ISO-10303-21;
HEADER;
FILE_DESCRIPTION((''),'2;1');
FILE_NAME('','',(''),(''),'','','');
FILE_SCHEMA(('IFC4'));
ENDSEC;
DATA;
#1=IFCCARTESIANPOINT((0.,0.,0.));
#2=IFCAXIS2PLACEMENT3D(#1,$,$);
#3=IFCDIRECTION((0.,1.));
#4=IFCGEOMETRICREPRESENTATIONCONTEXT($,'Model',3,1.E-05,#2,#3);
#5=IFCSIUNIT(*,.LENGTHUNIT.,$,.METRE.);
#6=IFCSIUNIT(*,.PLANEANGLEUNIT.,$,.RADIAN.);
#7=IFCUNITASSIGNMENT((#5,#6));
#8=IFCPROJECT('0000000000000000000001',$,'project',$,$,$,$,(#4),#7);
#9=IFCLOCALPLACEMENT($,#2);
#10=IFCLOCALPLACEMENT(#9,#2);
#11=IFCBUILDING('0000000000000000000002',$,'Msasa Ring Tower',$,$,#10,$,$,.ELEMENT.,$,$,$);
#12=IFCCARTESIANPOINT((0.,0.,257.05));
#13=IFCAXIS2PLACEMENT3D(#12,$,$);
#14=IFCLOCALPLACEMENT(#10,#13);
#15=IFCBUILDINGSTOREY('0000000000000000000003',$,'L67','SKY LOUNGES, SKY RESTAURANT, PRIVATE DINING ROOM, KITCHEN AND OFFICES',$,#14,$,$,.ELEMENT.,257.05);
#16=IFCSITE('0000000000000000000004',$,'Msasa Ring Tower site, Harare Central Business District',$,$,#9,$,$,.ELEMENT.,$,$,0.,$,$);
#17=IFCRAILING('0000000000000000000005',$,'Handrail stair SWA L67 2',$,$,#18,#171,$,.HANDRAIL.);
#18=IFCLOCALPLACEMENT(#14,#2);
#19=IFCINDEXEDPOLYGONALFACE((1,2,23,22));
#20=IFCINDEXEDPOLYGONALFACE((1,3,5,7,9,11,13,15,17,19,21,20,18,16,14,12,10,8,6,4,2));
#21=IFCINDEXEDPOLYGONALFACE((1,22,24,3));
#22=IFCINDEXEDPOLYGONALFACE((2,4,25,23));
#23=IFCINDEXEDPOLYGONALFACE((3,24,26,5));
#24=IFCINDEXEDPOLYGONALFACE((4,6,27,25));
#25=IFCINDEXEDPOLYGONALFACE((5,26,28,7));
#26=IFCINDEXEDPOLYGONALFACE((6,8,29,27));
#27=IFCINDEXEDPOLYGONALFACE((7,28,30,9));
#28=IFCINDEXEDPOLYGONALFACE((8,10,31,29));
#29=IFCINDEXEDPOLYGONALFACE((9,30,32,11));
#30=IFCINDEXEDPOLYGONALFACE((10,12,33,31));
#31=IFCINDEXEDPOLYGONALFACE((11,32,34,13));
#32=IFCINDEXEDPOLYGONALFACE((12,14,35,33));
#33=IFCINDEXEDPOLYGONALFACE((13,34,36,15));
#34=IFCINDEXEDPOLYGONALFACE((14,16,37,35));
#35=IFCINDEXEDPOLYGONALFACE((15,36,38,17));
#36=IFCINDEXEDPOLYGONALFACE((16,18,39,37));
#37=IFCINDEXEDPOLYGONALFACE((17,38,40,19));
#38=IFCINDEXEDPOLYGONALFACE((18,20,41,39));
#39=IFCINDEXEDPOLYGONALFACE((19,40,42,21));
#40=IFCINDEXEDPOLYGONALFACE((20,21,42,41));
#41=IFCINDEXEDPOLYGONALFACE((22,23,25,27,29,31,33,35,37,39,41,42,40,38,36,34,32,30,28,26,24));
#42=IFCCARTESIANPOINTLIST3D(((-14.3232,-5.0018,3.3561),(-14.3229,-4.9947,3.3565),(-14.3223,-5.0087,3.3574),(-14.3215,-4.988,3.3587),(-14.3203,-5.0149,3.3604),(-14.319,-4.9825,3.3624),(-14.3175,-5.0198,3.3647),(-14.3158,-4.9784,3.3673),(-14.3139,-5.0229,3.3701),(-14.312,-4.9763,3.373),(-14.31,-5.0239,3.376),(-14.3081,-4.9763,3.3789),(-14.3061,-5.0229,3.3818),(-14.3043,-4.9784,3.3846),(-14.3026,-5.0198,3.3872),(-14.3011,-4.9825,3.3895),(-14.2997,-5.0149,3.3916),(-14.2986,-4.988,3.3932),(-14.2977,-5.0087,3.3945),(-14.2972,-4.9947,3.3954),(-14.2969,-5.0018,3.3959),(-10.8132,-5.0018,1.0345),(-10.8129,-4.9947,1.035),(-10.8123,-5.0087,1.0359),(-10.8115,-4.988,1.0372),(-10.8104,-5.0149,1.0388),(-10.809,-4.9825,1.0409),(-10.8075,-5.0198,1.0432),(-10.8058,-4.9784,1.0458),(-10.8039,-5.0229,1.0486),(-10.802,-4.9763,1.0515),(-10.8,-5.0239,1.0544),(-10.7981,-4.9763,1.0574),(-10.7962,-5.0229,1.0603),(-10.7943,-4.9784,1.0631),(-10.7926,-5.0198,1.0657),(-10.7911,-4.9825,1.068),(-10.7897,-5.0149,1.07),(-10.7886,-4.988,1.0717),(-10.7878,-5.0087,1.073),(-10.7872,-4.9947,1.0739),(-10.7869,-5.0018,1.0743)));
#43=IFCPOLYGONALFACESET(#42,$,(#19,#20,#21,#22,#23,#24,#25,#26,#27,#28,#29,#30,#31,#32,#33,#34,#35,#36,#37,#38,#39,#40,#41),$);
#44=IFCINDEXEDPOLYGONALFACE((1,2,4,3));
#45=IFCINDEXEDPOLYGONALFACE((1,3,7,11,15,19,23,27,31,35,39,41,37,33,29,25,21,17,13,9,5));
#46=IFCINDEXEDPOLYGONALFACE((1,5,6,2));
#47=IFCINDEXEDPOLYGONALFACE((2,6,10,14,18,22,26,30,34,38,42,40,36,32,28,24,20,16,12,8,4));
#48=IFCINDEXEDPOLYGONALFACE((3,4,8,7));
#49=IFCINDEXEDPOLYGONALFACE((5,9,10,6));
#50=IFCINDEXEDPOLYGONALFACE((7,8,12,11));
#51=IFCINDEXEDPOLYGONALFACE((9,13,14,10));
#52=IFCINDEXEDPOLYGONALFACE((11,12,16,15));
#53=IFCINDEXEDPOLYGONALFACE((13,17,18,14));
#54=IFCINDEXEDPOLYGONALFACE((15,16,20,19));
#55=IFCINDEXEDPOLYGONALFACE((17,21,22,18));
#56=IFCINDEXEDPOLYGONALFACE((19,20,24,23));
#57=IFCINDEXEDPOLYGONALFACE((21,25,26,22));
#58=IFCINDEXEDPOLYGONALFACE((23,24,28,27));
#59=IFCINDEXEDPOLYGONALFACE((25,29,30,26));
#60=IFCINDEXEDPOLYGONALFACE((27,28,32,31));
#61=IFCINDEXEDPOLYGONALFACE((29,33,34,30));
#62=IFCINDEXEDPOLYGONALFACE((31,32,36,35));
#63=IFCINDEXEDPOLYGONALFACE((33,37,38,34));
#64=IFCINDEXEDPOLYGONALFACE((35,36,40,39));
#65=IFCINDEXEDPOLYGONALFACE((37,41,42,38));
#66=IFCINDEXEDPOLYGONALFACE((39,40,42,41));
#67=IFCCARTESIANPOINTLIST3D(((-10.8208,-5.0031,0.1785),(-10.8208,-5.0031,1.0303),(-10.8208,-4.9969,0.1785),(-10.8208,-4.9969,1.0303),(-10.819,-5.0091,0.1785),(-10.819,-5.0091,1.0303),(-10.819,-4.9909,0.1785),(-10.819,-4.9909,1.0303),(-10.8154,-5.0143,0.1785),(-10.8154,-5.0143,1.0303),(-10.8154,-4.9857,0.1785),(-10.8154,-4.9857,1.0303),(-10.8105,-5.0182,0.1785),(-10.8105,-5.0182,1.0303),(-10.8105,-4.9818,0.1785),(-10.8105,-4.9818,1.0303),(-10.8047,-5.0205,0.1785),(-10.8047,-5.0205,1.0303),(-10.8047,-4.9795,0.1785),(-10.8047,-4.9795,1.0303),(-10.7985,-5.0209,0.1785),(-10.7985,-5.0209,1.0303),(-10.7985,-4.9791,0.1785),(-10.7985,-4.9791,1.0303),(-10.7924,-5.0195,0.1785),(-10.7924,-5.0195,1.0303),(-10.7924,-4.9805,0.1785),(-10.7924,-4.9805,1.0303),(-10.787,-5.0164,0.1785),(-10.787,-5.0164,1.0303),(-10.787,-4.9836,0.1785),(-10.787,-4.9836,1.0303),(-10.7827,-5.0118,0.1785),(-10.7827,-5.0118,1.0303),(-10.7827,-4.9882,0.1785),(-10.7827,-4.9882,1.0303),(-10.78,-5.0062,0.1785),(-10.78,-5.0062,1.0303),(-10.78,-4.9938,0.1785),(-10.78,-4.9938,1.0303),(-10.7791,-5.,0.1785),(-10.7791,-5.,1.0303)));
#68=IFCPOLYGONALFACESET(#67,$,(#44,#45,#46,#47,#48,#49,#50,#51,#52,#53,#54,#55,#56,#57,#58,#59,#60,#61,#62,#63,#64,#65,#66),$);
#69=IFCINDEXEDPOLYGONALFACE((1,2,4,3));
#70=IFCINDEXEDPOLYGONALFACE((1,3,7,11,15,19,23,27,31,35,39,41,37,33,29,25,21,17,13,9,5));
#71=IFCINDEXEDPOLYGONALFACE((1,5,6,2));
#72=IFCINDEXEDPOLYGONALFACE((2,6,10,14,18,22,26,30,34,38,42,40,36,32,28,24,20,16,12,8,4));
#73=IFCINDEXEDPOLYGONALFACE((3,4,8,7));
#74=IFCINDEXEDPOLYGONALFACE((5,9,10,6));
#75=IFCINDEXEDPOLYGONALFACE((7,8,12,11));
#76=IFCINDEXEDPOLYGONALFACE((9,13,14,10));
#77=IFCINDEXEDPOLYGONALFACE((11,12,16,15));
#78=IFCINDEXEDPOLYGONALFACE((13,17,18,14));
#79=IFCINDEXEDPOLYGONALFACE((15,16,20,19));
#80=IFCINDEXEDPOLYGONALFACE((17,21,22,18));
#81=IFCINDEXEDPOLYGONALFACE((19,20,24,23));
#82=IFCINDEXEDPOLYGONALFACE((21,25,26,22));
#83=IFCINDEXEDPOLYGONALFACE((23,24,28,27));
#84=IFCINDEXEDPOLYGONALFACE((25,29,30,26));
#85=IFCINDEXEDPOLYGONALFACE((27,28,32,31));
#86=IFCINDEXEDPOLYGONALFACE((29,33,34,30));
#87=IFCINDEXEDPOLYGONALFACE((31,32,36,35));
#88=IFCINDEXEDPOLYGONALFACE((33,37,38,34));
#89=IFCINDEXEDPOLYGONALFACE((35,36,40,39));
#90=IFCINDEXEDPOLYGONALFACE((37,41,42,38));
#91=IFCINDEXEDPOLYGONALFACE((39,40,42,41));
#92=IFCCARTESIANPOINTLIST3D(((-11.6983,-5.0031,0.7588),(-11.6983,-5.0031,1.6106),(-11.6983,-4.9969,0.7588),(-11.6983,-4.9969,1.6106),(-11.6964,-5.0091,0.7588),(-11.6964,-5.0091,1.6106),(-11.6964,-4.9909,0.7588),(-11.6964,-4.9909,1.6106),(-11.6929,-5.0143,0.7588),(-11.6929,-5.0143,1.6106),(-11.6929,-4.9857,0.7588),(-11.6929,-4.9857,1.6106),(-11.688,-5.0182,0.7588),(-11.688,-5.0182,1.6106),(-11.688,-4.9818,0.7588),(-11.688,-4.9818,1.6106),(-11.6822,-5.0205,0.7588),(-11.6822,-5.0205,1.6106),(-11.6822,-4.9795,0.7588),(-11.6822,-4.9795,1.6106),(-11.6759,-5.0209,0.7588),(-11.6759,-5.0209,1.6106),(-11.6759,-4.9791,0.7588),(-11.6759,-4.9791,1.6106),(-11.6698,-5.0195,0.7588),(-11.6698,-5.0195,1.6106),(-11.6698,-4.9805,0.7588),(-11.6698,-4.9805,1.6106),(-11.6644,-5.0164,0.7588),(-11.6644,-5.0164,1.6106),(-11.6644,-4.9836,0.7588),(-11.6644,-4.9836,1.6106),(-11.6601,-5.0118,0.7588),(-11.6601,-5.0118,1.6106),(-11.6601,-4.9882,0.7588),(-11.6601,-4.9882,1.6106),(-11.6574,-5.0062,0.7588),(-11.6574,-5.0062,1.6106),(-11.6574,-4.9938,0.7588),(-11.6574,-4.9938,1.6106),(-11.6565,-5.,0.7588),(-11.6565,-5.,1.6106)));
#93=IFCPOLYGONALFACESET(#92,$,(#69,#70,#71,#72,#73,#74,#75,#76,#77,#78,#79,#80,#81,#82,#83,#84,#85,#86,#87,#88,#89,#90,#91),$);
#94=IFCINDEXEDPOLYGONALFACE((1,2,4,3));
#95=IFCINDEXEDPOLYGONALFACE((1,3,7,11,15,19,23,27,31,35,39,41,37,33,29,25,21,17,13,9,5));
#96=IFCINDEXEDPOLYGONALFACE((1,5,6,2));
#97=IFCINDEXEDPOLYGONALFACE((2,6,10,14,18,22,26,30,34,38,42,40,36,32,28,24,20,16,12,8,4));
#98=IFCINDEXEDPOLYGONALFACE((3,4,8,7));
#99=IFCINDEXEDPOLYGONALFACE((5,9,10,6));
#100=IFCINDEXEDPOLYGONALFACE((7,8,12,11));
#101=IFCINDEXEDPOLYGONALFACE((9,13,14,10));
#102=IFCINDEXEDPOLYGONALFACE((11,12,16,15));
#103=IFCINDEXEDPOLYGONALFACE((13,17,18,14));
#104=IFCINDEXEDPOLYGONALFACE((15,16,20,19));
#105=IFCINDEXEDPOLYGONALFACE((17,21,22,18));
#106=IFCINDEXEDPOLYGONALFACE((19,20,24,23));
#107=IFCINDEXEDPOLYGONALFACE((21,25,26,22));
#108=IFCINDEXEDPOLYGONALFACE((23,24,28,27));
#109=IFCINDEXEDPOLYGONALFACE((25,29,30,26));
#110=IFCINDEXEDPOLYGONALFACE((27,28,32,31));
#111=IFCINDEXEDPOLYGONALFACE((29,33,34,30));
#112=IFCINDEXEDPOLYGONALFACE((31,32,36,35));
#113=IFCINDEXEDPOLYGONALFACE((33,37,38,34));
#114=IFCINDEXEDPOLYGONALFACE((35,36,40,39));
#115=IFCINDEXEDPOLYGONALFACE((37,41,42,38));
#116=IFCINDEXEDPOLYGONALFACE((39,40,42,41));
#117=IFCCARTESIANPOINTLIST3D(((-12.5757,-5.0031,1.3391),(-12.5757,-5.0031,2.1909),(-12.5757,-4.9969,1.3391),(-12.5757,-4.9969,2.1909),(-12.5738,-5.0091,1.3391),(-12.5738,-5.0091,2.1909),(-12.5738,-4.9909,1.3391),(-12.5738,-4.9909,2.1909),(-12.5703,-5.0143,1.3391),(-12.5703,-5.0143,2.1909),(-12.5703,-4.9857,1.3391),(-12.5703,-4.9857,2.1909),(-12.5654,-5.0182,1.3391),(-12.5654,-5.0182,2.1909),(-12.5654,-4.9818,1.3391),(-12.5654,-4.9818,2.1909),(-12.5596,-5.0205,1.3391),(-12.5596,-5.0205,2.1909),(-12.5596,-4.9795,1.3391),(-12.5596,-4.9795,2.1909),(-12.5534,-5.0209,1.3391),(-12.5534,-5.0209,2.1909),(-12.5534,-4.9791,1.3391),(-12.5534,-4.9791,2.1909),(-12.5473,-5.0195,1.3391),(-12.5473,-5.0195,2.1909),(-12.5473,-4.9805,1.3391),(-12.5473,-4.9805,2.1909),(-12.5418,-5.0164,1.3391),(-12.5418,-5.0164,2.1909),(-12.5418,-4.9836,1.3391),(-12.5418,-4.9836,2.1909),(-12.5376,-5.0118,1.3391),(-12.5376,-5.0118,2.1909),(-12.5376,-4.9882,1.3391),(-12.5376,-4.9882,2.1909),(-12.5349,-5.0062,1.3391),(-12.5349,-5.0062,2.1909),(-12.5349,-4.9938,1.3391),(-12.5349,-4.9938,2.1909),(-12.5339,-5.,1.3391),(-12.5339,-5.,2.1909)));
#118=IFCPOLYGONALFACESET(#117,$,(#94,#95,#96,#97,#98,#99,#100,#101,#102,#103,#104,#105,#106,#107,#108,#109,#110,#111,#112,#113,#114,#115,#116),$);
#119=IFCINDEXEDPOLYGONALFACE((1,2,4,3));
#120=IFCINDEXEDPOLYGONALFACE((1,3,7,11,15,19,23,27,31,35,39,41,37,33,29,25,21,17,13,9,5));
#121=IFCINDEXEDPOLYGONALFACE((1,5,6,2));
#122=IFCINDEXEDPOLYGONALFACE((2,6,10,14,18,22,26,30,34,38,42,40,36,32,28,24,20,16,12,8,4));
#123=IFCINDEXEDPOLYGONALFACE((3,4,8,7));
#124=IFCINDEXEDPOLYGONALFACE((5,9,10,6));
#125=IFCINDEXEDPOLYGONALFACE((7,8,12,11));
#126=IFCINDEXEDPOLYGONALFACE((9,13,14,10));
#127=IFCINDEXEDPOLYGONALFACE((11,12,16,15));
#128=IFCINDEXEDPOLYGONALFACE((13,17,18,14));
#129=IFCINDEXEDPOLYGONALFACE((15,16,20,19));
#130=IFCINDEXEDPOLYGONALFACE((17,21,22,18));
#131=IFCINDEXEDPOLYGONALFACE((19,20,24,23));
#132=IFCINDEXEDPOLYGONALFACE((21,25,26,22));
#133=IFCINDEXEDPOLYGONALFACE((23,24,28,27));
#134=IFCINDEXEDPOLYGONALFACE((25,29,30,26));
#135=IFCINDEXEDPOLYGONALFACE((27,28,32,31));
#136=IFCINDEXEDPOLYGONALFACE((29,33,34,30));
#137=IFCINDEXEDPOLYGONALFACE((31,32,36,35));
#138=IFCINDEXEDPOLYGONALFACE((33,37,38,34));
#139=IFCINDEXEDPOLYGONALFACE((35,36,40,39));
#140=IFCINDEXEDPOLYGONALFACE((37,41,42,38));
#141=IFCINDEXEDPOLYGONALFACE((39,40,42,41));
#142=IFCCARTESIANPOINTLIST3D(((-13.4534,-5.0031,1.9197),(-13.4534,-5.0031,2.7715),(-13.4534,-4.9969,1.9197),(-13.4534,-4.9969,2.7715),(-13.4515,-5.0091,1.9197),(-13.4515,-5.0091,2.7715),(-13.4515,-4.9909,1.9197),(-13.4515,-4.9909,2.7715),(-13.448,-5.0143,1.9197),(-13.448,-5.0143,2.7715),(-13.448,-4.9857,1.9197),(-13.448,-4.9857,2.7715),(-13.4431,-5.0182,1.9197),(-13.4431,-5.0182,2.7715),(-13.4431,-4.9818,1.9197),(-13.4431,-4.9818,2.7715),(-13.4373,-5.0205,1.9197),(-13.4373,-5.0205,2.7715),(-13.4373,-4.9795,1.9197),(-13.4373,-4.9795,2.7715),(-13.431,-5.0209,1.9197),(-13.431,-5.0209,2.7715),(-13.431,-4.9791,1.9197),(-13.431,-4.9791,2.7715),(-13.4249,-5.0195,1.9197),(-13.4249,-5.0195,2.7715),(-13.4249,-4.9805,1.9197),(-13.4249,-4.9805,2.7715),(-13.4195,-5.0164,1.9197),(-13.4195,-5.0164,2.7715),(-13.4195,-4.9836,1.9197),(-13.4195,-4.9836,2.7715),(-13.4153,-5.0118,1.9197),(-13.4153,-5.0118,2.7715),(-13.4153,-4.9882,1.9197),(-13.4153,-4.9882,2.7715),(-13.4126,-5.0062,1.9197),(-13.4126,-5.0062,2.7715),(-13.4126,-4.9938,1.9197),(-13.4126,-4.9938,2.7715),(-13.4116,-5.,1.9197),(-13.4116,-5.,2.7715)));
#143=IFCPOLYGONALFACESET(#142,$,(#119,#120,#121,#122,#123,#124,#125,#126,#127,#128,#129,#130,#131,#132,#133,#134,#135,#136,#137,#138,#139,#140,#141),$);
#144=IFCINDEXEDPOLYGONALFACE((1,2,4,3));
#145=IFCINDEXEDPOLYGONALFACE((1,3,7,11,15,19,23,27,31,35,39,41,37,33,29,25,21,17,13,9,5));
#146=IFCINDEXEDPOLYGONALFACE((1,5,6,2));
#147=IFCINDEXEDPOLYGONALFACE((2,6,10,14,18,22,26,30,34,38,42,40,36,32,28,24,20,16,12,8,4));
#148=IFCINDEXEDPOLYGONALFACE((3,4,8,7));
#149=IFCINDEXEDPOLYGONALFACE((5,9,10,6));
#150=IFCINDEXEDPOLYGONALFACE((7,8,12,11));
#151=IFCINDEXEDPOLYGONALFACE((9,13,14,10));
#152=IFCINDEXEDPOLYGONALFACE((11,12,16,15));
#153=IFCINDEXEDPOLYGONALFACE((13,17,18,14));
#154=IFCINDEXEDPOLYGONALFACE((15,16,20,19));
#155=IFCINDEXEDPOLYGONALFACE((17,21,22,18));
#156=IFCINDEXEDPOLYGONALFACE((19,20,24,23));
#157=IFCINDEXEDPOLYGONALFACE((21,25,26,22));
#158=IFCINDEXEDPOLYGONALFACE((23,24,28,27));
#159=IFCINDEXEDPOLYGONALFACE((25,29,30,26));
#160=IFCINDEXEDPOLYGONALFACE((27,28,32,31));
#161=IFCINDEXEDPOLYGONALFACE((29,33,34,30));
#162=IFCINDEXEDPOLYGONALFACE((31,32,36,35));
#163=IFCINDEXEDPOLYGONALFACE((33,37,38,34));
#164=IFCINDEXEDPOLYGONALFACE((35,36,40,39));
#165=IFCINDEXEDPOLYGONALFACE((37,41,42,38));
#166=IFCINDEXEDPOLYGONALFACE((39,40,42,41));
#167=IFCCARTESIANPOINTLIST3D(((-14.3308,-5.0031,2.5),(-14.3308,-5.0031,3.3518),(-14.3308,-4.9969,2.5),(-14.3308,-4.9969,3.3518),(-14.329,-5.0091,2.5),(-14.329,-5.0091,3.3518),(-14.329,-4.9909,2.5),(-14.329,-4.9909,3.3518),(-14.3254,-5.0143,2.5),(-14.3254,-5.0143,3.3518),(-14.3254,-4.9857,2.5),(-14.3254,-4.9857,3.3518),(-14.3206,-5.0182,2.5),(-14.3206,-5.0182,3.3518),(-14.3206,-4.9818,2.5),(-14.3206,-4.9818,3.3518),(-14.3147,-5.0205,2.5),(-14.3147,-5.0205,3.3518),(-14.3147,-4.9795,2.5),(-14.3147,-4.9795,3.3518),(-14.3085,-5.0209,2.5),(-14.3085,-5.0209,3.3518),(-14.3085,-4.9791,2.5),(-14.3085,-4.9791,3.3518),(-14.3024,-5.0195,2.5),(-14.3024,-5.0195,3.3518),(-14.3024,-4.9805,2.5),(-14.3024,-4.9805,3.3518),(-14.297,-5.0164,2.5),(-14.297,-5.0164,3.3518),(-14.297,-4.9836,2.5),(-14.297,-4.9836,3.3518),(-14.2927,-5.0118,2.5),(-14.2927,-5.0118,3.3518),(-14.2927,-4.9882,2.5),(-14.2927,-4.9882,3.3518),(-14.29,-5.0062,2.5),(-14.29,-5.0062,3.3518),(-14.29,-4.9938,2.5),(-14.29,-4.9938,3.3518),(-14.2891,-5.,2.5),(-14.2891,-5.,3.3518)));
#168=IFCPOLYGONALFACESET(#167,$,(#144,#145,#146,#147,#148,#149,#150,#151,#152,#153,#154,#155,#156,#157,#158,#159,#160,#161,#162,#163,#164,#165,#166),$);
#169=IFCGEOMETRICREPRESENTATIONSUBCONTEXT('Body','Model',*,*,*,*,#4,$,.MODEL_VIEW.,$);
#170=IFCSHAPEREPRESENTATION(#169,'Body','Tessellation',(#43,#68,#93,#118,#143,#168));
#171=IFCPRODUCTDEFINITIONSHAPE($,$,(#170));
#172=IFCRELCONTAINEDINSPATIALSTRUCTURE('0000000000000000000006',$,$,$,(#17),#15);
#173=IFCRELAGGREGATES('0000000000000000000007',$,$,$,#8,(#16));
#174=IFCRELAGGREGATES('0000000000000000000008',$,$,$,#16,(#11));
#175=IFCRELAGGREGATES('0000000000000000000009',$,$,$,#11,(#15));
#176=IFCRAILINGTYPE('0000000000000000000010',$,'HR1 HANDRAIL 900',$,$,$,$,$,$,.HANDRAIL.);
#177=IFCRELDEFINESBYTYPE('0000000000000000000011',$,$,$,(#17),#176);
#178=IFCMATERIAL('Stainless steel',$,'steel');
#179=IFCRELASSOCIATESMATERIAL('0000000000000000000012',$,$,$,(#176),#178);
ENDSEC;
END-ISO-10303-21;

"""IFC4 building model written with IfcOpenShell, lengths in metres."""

from ifc_helpers import new_model, si_unit, direction, frame, origin, origin_2d, place, context, subcontext, project, spatial, circle, extrude, material, type_object, element, save


model = new_model("IFC4")

# Units and contexts
model_context = context("Model", 3, precision=1e-05, world=origin(), true_north=direction((0.0, 1.0)))
body_context = subcontext(model_context, "Body", "Model", "MODEL_VIEW")
ifc_project = project(units=[si_unit("LENGTHUNIT", "METRE"), si_unit("PLANEANGLEUNIT", "RADIAN")], contexts=[model_context])

# Site, building, storey
site_placement = place(None, origin())
site = spatial("IfcSite", under=ifc_project, at=site_placement, Name="Msasa Ring Tower site, Harare Central Business District", CompositionType="ELEMENT", RefElevation=0.0)
building_placement = place(site_placement, origin())
building = spatial("IfcBuilding", under=site, at=building_placement, Name="Msasa Ring Tower", CompositionType="ELEMENT")
storey_placement = place(building_placement, frame((0.0, 0.0, 257.05)))
storey = spatial("IfcBuildingStorey", under=building, at=storey_placement, Name="L67", Description="SKY LOUNGES, SKY RESTAURANT, PRIVATE DINING ROOM, KITCHEN AND OFFICES", CompositionType="ELEMENT", Elevation=257.05)

# Railing
ifc_material_1 = material(Name="Stainless steel", Category="steel")
railing_type = type_object("IfcRailingType", Name="HR1 HANDRAIL 900", PredefinedType="HANDRAIL", material=ifc_material_1)
for number, where, name in (
    (1, (-10.8, -5.0, 0.1785), "Handrail stair SWA L67 2"),
):
    element("IfcRailing", number, at=place(storey_placement, frame(where)), inside=storey, type_object=railing_type, Name=name, PredefinedType="HANDRAIL", context=body_context, shape_type="SweptSolid", body=[
        extrude(circle(Radius=0.0239, at=origin_2d()), frame((0.0, 0.0, 0.876), z_axis=(-0.834071, 0.0, 0.551657), x_axis=(0.0, -1.0, 0.0)), (0.0, 0.0, 1.0), 4.2083),
        extrude(circle(Radius=0.021, at=origin_2d()), origin(), (0.0, 0.0, 1.0), 0.8518),
        extrude(circle(Radius=0.021, at=origin_2d()), frame((-0.8774, 0.0, 0.5803)), (0.0, 0.0, 1.0), 0.8518),
        extrude(circle(Radius=0.021, at=origin_2d()), frame((-1.7549, 0.0, 1.1606)), (0.0, 0.0, 1.0), 0.8518),
        extrude(circle(Radius=0.021, at=origin_2d()), frame((-2.6326, 0.0, 1.7412)), (0.0, 0.0, 1.0), 0.8518),
        extrude(circle(Radius=0.021, at=origin_2d()), frame((-3.51, 0.0, 2.3215)), (0.0, 0.0, 1.0), 0.8518),
    ])

save(model, "model.ifc")
